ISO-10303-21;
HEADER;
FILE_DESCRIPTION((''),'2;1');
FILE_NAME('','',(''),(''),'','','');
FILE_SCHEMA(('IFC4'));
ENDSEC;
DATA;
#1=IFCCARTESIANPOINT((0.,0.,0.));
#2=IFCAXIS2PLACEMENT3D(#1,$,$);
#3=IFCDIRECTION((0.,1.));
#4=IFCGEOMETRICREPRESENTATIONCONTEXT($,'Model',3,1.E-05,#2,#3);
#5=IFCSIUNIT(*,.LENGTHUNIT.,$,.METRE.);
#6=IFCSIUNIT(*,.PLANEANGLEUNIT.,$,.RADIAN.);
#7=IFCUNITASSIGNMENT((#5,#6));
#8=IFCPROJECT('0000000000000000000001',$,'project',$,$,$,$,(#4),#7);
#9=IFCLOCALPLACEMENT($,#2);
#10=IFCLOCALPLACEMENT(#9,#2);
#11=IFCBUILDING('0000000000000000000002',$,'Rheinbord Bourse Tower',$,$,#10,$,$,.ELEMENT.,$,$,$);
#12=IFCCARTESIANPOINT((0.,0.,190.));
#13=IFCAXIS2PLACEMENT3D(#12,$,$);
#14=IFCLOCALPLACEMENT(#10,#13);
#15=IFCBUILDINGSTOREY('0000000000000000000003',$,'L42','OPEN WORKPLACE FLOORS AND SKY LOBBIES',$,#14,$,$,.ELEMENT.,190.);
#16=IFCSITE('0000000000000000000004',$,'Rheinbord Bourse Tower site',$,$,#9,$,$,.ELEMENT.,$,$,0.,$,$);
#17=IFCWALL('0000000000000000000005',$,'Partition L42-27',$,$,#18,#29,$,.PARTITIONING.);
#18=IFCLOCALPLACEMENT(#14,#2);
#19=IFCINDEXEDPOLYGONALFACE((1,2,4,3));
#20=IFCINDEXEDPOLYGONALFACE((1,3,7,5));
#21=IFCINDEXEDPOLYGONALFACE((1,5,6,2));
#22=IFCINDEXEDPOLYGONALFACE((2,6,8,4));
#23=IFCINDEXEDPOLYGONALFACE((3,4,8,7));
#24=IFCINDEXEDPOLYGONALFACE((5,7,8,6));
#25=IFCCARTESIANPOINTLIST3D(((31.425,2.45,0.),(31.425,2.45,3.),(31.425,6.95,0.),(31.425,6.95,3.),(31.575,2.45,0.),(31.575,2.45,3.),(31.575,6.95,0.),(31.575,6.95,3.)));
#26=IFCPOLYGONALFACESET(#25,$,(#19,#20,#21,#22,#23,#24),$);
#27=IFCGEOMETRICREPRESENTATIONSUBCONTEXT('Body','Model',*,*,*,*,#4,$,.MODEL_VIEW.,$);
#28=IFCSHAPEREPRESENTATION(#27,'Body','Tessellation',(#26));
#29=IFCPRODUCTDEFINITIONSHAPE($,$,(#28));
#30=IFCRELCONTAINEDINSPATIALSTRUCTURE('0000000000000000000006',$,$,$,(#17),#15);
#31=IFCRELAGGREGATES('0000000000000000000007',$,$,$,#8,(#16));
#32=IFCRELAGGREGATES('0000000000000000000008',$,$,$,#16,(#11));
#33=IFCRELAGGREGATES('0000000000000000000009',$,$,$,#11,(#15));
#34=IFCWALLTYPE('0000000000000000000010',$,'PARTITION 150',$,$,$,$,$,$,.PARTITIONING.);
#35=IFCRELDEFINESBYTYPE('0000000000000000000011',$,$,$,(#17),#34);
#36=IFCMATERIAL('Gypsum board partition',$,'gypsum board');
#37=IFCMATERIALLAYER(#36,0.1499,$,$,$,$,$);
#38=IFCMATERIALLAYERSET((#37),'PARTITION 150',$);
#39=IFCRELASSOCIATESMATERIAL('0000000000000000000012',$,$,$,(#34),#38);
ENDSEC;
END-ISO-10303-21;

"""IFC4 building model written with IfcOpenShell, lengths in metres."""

from ifc_helpers import new_model, si_unit, direction, frame, frame_2d, origin, place, context, subcontext, project, spatial, rectangle, extrude, material, layer, layer_set, type_object, element, save


model = new_model("IFC4")

# Units and contexts
model_context = context("Model", 3, precision=1e-05, world=origin(), true_north=direction((0.0, 1.0)))
body_context = subcontext(model_context, "Body", "Model", "MODEL_VIEW")
ifc_project = project(units=[si_unit("LENGTHUNIT", "METRE"), si_unit("PLANEANGLEUNIT", "RADIAN")], contexts=[model_context])

# Site, building, storey
site_placement = place(None, origin())
site = spatial("IfcSite", under=ifc_project, at=site_placement, Name="Rheinbord Bourse Tower site", CompositionType="ELEMENT", RefElevation=0.0)
building_placement = place(site_placement, origin())
building = spatial("IfcBuilding", under=site, at=building_placement, Name="Rheinbord Bourse Tower", CompositionType="ELEMENT")
storey_placement = place(building_placement, frame((0.0, 0.0, 190.0)))
storey = spatial("IfcBuildingStorey", under=building, at=storey_placement, Name="L42", Description="OPEN WORKPLACE FLOORS AND SKY LOBBIES", CompositionType="ELEMENT", Elevation=190.0)

# Shared definitions
ifc_material_1 = material(Name="Gypsum board partition", Category="gypsum board")
ifc_layer_1 = layer(ifc_material_1, 0.1499)
ifc_layer_set_1 = layer_set([ifc_layer_1], Name="PARTITION 150")
wall_type_1 = type_object("IfcWallType", Name="PARTITION 150", PredefinedType="PARTITIONING", material=ifc_layer_set_1)

# Wall
for number, where, z_axis, x_axis, name in (
    (1, (31.5, 2.45, 0.0), (0.0, 0.0, 1.0), (0.0, 1.0, 0.0), "Partition L42-27"),
):
    element("IfcWall", number, at=place(storey_placement, frame(where, z_axis=z_axis, x_axis=x_axis)), inside=storey, type_object=wall_type_1, Name=name, PredefinedType="PARTITIONING", context=body_context, shape_type="SweptSolid", body=[
        extrude(rectangle(XDim=4.5, YDim=0.1499, at=frame_2d((2.25, 0.0))), origin(), (0.0, 0.0, 1.0), 3.0),
    ])

save(model, "model.ifc")
